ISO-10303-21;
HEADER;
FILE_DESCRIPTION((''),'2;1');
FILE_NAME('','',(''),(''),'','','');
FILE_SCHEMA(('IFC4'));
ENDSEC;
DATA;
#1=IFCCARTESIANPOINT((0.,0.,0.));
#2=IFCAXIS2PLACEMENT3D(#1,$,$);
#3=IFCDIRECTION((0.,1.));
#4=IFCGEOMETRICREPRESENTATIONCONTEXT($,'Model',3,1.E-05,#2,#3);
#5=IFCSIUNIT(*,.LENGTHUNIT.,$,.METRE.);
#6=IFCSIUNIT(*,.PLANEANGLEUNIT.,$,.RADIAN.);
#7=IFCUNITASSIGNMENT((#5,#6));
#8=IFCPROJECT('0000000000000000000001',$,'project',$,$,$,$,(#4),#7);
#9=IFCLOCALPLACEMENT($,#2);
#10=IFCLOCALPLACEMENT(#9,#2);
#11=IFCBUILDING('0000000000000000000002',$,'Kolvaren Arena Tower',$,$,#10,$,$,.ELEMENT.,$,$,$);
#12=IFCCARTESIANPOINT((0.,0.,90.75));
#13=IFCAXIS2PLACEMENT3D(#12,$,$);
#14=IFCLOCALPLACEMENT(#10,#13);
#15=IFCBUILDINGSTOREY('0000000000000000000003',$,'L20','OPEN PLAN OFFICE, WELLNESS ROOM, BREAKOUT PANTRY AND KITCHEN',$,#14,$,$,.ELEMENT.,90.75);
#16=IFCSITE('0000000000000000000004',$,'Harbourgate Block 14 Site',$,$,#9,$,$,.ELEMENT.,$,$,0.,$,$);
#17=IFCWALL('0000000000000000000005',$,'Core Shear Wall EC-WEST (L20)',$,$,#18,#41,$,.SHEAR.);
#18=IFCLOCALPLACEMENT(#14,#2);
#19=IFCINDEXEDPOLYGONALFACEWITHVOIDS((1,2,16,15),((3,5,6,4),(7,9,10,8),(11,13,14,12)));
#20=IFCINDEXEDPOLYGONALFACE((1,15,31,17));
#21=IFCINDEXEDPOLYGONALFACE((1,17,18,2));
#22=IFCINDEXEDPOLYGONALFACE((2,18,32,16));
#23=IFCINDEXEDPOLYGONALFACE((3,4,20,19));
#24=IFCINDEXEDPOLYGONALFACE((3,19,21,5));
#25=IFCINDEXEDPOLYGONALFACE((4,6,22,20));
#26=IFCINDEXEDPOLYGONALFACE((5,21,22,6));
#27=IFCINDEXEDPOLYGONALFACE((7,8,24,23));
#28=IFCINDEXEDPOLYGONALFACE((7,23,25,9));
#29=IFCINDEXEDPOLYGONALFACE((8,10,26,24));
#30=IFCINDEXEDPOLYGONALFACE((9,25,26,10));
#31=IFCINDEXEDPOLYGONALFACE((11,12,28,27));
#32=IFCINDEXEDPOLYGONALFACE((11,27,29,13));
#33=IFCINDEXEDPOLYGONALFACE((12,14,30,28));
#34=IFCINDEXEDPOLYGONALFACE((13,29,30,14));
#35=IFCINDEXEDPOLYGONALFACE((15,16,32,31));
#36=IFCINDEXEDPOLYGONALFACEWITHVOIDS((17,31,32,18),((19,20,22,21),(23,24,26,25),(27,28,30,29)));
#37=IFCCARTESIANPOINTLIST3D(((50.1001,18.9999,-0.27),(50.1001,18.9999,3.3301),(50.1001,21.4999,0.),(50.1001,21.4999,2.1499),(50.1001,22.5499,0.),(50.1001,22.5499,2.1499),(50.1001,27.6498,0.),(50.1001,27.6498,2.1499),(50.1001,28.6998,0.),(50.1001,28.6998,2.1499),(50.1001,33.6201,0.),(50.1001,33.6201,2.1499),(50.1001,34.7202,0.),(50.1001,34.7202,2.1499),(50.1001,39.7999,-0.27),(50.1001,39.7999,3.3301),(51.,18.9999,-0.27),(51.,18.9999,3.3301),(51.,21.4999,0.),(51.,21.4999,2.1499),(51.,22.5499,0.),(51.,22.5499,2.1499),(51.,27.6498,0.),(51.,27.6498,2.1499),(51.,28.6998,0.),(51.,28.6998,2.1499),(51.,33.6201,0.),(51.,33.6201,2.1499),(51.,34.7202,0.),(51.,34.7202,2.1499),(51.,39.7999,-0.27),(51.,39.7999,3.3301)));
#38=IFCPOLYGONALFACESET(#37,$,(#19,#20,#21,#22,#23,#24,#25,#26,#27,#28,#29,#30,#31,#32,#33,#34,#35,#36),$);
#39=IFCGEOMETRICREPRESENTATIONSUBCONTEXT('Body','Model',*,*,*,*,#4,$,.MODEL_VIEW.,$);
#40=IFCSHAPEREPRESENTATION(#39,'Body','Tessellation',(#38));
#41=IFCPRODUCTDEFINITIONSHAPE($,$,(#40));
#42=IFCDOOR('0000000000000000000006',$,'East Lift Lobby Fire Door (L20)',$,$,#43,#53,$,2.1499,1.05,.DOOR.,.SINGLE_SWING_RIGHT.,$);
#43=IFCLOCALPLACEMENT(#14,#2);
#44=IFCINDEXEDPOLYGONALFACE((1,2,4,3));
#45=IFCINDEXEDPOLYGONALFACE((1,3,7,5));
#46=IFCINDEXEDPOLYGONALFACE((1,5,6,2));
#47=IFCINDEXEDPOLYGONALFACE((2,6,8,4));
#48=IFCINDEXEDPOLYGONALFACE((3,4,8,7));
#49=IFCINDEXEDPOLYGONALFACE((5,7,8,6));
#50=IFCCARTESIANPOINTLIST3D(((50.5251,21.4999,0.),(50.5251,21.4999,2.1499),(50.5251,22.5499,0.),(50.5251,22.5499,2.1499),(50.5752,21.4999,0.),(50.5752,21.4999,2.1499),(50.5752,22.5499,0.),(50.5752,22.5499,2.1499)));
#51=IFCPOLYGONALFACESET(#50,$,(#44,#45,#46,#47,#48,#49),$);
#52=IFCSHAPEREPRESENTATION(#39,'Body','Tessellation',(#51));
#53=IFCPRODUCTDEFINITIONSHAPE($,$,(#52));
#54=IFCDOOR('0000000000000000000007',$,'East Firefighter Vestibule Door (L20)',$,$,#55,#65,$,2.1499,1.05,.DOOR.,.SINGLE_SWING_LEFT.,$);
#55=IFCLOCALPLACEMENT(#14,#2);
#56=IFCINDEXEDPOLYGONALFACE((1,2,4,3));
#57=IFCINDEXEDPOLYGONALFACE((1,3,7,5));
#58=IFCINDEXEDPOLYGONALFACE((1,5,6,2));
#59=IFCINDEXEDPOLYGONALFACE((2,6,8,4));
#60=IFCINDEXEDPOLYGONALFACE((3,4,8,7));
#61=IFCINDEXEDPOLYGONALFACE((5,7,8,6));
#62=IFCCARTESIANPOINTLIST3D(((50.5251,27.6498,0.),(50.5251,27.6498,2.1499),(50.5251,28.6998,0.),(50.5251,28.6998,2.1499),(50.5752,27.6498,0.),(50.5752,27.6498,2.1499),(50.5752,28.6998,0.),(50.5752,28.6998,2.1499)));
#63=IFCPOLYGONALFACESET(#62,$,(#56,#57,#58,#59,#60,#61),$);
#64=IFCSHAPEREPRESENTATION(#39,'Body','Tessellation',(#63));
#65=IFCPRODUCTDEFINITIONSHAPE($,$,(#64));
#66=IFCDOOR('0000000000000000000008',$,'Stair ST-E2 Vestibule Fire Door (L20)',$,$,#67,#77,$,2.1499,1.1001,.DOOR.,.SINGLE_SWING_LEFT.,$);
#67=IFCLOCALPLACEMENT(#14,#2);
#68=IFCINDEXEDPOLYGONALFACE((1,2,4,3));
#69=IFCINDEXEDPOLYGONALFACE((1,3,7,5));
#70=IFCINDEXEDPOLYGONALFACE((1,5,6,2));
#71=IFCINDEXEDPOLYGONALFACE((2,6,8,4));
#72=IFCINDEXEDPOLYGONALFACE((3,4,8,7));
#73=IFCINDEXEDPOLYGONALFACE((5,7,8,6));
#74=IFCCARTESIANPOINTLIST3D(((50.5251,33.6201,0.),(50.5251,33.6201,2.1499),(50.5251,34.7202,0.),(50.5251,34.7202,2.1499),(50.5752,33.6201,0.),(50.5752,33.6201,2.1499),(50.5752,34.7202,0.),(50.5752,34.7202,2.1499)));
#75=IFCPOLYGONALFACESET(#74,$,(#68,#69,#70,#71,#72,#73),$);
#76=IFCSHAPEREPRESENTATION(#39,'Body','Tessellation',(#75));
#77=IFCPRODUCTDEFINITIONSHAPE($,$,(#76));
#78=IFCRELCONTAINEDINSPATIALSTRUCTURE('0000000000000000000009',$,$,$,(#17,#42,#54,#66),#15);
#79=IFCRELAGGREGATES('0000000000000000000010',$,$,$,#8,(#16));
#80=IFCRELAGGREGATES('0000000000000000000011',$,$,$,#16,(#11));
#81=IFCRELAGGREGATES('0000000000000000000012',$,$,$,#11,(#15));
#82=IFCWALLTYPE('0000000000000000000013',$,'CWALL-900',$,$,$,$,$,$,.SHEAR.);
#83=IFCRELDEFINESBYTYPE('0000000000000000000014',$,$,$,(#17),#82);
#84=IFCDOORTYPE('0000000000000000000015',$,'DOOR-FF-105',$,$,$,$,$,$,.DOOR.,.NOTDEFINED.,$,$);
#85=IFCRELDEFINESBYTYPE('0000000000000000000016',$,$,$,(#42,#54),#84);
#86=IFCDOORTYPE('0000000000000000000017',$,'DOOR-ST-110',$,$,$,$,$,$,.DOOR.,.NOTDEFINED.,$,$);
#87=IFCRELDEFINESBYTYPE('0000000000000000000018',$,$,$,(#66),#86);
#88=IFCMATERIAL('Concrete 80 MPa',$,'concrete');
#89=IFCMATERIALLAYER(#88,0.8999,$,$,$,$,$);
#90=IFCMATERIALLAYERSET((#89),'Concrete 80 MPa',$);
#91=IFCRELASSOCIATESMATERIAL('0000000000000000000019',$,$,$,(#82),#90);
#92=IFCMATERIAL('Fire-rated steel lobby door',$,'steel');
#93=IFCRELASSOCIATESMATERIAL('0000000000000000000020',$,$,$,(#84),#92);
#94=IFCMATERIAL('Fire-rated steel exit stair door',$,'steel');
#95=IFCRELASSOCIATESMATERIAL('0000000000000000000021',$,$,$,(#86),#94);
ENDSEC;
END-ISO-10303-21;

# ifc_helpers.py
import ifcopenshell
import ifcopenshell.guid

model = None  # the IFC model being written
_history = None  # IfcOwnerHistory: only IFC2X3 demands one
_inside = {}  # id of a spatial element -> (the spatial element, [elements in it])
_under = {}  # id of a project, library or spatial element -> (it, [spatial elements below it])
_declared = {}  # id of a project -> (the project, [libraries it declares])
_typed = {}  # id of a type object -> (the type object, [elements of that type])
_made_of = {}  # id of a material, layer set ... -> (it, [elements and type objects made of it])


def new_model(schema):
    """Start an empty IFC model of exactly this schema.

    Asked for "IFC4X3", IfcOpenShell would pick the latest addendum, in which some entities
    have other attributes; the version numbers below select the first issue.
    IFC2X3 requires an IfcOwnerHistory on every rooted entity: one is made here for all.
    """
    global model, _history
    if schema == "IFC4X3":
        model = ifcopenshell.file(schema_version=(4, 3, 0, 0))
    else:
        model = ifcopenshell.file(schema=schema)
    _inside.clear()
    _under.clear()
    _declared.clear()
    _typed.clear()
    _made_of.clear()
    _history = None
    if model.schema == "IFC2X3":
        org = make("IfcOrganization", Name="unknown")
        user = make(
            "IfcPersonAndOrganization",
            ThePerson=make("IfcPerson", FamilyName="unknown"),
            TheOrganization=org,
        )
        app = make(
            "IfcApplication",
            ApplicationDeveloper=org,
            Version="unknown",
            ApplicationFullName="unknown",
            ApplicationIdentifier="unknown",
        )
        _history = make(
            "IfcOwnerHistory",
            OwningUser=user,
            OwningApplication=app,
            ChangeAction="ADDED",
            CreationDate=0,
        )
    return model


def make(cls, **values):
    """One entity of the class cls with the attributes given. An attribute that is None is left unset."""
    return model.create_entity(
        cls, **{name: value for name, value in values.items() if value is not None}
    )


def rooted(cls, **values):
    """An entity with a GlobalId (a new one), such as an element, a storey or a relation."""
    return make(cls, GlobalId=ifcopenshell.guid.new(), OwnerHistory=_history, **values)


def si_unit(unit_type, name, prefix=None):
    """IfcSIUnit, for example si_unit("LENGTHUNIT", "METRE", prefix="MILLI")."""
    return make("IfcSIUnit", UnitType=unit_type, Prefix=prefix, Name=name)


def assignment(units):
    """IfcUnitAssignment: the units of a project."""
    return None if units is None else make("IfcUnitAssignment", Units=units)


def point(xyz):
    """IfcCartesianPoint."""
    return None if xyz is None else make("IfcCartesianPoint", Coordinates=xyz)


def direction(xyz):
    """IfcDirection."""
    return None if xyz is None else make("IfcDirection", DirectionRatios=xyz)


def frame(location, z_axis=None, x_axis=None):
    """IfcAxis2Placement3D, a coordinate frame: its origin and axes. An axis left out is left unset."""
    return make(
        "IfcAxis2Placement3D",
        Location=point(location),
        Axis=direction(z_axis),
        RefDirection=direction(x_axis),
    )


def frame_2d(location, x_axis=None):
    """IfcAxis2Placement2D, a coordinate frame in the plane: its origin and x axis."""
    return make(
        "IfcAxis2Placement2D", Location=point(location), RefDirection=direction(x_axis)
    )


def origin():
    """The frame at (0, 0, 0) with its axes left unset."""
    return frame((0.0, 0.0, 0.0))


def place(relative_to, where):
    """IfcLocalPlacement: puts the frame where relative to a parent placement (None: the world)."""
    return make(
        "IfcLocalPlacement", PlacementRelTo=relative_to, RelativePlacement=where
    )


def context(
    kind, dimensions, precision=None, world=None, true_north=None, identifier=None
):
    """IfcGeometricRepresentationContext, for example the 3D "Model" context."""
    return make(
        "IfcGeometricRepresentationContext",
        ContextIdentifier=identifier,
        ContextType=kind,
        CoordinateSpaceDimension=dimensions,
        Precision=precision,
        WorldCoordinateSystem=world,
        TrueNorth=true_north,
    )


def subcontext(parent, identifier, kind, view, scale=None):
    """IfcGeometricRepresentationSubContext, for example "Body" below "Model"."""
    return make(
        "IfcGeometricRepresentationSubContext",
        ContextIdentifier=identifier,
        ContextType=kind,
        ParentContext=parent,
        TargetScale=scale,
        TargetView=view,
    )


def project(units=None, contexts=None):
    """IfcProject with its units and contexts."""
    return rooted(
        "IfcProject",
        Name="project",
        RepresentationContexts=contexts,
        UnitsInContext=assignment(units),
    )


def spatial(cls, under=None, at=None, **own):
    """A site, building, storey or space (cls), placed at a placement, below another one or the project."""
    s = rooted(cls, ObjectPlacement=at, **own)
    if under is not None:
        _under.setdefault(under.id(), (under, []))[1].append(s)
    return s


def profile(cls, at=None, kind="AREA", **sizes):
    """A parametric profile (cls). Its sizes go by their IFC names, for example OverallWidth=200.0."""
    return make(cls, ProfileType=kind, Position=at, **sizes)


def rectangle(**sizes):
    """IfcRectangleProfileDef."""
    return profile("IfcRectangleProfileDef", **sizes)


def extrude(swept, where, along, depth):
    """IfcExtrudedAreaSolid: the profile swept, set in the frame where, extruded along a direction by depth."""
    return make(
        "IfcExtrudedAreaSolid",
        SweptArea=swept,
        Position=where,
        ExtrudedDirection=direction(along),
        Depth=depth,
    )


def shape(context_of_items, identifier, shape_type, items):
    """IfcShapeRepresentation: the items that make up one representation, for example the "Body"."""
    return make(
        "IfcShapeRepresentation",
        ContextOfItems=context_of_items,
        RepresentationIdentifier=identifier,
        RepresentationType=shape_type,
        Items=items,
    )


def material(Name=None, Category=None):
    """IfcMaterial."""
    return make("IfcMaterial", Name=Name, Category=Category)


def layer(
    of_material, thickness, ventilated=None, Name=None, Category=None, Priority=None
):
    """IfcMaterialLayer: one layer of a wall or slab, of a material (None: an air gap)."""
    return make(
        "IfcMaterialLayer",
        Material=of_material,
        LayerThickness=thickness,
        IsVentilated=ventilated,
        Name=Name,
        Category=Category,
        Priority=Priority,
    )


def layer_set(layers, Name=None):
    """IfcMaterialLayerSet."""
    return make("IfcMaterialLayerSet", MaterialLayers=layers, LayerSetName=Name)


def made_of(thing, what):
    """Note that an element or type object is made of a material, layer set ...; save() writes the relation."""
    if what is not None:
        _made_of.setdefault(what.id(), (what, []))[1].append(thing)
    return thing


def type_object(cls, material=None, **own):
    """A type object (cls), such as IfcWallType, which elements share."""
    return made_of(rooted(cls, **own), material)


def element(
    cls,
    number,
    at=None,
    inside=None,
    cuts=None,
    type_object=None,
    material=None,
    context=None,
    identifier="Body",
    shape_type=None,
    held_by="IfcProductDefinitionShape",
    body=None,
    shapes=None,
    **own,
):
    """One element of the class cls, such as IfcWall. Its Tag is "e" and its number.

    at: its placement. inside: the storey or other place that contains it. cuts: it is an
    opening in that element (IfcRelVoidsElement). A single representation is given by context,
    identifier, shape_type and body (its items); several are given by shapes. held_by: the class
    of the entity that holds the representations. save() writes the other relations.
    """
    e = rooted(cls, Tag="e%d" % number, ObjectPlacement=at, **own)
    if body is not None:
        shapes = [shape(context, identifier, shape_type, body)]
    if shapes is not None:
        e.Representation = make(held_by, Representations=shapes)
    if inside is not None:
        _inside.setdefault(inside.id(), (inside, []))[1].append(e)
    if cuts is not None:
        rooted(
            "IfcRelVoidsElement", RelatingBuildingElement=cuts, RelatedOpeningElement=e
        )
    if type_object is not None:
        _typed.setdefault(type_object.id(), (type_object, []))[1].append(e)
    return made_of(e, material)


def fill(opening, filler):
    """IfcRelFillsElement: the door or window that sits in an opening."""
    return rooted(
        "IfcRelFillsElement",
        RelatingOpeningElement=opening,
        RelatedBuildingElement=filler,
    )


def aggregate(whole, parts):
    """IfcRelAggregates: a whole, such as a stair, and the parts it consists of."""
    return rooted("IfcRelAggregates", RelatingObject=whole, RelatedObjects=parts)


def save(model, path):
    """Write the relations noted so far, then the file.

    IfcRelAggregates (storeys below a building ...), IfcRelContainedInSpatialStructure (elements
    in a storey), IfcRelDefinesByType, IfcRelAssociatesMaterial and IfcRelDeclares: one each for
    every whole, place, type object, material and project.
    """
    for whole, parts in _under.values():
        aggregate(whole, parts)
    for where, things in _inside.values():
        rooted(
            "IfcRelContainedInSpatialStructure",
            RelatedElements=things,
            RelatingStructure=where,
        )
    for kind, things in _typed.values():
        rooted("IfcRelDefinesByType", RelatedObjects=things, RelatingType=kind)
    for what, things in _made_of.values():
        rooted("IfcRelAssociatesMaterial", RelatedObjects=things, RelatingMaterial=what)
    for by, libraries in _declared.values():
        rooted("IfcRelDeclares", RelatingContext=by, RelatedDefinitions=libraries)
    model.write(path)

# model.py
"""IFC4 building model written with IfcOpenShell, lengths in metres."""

from ifc_helpers import new_model, si_unit, direction, frame, frame_2d, origin, place, context, subcontext, project, spatial, rectangle, extrude, material, layer, layer_set, type_object, element, fill, save


model = new_model("IFC4")

# Units and contexts
model_context = context("Model", 3, precision=1e-05, world=origin(), true_north=direction((0.0, 1.0)))
body_context = subcontext(model_context, "Body", "Model", "MODEL_VIEW")
ifc_project = project(units=[si_unit("LENGTHUNIT", "METRE"), si_unit("PLANEANGLEUNIT", "RADIAN")], contexts=[model_context])

# Site, building, storey
site_placement = place(None, origin())
site = spatial("IfcSite", under=ifc_project, at=site_placement, Name="Harbourgate Block 14 Site", CompositionType="ELEMENT", RefElevation=0.0)
building_placement = place(site_placement, origin())
building = spatial("IfcBuilding", under=site, at=building_placement, Name="Kolvaren Arena Tower", CompositionType="ELEMENT")
storey_placement = place(building_placement, frame((0.0, 0.0, 90.75)))
storey = spatial("IfcBuildingStorey", under=building, at=storey_placement, Name="L20", Description="OPEN PLAN OFFICE, WELLNESS ROOM, BREAKOUT PANTRY AND KITCHEN", CompositionType="ELEMENT", Elevation=90.75)

# Wall, openings, doors
ifc_material_1 = material(Name="Concrete 80 MPa", Category="concrete")
ifc_layer_1 = layer(ifc_material_1, 0.8999)
ifc_layer_set_1 = layer_set([ifc_layer_1], Name="Concrete 80 MPa")
wall_type_1 = type_object("IfcWallType", Name="CWALL-900", PredefinedType="SHEAR", material=ifc_layer_set_1)
wall_1_placement = place(storey_placement, frame((50.55, 19.0, -0.27), z_axis=(0.0, 0.0, 1.0), x_axis=(0.0, 1.0, 0.0)))
wall_1 = element("IfcWall", 1, at=wall_1_placement, inside=storey, type_object=wall_type_1, Name="Core Shear Wall EC-WEST (L20)", PredefinedType="SHEAR", context=body_context, shape_type="SweptSolid", body=[
    extrude(rectangle(XDim=20.8, YDim=0.8999, at=frame_2d((10.3999, 0.0))), origin(), (0.0, 0.0, 1.0), 3.6001),
])
opening_1_placement = place(wall_1_placement, frame((2.5, 0.0, 0.27)))
opening_1 = element("IfcOpeningElement", 2, at=opening_1_placement, cuts=wall_1, PredefinedType="OPENING", context=body_context, shape_type="SweptSolid", body=[
    extrude(rectangle(XDim=1.05, YDim=2.1499, at=frame_2d((0.5249, 1.075))), frame((0.0, 0.46, 0.0), z_axis=(0.0, -1.0, 0.0), x_axis=(1.0, 0.0, 0.0)), (0.0, 0.0, 1.0), 0.9199),
])
opening_2_placement = place(wall_1_placement, frame((8.6499, 0.0, 0.27)))
opening_2 = element("IfcOpeningElement", 3, at=opening_2_placement, cuts=wall_1, PredefinedType="OPENING", context=body_context, shape_type="SweptSolid", body=[
    extrude(rectangle(XDim=1.05, YDim=2.1499, at=frame_2d((0.5249, 1.075))), frame((0.0, 0.46, 0.0), z_axis=(0.0, -1.0, 0.0), x_axis=(1.0, 0.0, 0.0)), (0.0, 0.0, 1.0), 0.9199),
])
opening_3_placement = place(wall_1_placement, frame((14.6201, 0.0, 0.27)))
opening_3 = element("IfcOpeningElement", 4, at=opening_3_placement, cuts=wall_1, PredefinedType="OPENING", context=body_context, shape_type="SweptSolid", body=[
    extrude(rectangle(XDim=1.1001, YDim=2.1499, at=frame_2d((0.55, 1.075))), frame((0.0, 0.46, 0.0), z_axis=(0.0, -1.0, 0.0), x_axis=(1.0, 0.0, 0.0)), (0.0, 0.0, 1.0), 0.9199),
])
ifc_material_2 = material(Name="Fire-rated steel lobby door", Category="steel")
door_type_1 = type_object("IfcDoorType", Name="DOOR-FF-105", OperationType="NOTDEFINED", PredefinedType="DOOR", material=ifc_material_2)
door_1_placement = place(opening_1_placement, origin())
door_1 = element("IfcDoor", 5, at=door_1_placement, inside=storey, type_object=door_type_1, Name="East Lift Lobby Fire Door (L20)", OperationType="SINGLE_SWING_RIGHT", OverallHeight=2.1499, OverallWidth=1.05, PredefinedType="DOOR", context=body_context, shape_type="SweptSolid", body=[
    extrude(rectangle(XDim=1.05, YDim=2.1499, at=frame_2d((0.5249, 1.075))), frame((0.0, 0.0249, 0.0), z_axis=(0.0, -1.0, 0.0), x_axis=(1.0, 0.0, 0.0)), (0.0, 0.0, 1.0), 0.05),
])
fill(opening_1, door_1)
door_2_placement = place(opening_2_placement, origin())
door_2 = element("IfcDoor", 6, at=door_2_placement, inside=storey, type_object=door_type_1, Name="East Firefighter Vestibule Door (L20)", OperationType="SINGLE_SWING_LEFT", OverallHeight=2.1499, OverallWidth=1.05, PredefinedType="DOOR", context=body_context, shape_type="SweptSolid", body=[
    extrude(rectangle(XDim=1.05, YDim=2.1499, at=frame_2d((0.5249, 1.075))), frame((0.0, 0.0249, 0.0), z_axis=(0.0, -1.0, 0.0), x_axis=(1.0, 0.0, 0.0)), (0.0, 0.0, 1.0), 0.05),
])
fill(opening_2, door_2)
ifc_material_3 = material(Name="Fire-rated steel exit stair door", Category="steel")
door_type_2 = type_object("IfcDoorType", Name="DOOR-ST-110", OperationType="NOTDEFINED", PredefinedType="DOOR", material=ifc_material_3)
door_3_placement = place(opening_3_placement, origin())
door_3 = element("IfcDoor", 7, at=door_3_placement, inside=storey, type_object=door_type_2, Name="Stair ST-E2 Vestibule Fire Door (L20)", OperationType="SINGLE_SWING_LEFT", OverallHeight=2.1499, OverallWidth=1.1001, PredefinedType="DOOR", context=body_context, shape_type="SweptSolid", body=[
    extrude(rectangle(XDim=1.1001, YDim=2.1499, at=frame_2d((0.55, 1.075))), frame((0.0, 0.0249, 0.0), z_axis=(0.0, -1.0, 0.0), x_axis=(1.0, 0.0, 0.0)), (0.0, 0.0, 1.0), 0.05),
])
fill(opening_3, door_3)

save(model, "model.ifc")
